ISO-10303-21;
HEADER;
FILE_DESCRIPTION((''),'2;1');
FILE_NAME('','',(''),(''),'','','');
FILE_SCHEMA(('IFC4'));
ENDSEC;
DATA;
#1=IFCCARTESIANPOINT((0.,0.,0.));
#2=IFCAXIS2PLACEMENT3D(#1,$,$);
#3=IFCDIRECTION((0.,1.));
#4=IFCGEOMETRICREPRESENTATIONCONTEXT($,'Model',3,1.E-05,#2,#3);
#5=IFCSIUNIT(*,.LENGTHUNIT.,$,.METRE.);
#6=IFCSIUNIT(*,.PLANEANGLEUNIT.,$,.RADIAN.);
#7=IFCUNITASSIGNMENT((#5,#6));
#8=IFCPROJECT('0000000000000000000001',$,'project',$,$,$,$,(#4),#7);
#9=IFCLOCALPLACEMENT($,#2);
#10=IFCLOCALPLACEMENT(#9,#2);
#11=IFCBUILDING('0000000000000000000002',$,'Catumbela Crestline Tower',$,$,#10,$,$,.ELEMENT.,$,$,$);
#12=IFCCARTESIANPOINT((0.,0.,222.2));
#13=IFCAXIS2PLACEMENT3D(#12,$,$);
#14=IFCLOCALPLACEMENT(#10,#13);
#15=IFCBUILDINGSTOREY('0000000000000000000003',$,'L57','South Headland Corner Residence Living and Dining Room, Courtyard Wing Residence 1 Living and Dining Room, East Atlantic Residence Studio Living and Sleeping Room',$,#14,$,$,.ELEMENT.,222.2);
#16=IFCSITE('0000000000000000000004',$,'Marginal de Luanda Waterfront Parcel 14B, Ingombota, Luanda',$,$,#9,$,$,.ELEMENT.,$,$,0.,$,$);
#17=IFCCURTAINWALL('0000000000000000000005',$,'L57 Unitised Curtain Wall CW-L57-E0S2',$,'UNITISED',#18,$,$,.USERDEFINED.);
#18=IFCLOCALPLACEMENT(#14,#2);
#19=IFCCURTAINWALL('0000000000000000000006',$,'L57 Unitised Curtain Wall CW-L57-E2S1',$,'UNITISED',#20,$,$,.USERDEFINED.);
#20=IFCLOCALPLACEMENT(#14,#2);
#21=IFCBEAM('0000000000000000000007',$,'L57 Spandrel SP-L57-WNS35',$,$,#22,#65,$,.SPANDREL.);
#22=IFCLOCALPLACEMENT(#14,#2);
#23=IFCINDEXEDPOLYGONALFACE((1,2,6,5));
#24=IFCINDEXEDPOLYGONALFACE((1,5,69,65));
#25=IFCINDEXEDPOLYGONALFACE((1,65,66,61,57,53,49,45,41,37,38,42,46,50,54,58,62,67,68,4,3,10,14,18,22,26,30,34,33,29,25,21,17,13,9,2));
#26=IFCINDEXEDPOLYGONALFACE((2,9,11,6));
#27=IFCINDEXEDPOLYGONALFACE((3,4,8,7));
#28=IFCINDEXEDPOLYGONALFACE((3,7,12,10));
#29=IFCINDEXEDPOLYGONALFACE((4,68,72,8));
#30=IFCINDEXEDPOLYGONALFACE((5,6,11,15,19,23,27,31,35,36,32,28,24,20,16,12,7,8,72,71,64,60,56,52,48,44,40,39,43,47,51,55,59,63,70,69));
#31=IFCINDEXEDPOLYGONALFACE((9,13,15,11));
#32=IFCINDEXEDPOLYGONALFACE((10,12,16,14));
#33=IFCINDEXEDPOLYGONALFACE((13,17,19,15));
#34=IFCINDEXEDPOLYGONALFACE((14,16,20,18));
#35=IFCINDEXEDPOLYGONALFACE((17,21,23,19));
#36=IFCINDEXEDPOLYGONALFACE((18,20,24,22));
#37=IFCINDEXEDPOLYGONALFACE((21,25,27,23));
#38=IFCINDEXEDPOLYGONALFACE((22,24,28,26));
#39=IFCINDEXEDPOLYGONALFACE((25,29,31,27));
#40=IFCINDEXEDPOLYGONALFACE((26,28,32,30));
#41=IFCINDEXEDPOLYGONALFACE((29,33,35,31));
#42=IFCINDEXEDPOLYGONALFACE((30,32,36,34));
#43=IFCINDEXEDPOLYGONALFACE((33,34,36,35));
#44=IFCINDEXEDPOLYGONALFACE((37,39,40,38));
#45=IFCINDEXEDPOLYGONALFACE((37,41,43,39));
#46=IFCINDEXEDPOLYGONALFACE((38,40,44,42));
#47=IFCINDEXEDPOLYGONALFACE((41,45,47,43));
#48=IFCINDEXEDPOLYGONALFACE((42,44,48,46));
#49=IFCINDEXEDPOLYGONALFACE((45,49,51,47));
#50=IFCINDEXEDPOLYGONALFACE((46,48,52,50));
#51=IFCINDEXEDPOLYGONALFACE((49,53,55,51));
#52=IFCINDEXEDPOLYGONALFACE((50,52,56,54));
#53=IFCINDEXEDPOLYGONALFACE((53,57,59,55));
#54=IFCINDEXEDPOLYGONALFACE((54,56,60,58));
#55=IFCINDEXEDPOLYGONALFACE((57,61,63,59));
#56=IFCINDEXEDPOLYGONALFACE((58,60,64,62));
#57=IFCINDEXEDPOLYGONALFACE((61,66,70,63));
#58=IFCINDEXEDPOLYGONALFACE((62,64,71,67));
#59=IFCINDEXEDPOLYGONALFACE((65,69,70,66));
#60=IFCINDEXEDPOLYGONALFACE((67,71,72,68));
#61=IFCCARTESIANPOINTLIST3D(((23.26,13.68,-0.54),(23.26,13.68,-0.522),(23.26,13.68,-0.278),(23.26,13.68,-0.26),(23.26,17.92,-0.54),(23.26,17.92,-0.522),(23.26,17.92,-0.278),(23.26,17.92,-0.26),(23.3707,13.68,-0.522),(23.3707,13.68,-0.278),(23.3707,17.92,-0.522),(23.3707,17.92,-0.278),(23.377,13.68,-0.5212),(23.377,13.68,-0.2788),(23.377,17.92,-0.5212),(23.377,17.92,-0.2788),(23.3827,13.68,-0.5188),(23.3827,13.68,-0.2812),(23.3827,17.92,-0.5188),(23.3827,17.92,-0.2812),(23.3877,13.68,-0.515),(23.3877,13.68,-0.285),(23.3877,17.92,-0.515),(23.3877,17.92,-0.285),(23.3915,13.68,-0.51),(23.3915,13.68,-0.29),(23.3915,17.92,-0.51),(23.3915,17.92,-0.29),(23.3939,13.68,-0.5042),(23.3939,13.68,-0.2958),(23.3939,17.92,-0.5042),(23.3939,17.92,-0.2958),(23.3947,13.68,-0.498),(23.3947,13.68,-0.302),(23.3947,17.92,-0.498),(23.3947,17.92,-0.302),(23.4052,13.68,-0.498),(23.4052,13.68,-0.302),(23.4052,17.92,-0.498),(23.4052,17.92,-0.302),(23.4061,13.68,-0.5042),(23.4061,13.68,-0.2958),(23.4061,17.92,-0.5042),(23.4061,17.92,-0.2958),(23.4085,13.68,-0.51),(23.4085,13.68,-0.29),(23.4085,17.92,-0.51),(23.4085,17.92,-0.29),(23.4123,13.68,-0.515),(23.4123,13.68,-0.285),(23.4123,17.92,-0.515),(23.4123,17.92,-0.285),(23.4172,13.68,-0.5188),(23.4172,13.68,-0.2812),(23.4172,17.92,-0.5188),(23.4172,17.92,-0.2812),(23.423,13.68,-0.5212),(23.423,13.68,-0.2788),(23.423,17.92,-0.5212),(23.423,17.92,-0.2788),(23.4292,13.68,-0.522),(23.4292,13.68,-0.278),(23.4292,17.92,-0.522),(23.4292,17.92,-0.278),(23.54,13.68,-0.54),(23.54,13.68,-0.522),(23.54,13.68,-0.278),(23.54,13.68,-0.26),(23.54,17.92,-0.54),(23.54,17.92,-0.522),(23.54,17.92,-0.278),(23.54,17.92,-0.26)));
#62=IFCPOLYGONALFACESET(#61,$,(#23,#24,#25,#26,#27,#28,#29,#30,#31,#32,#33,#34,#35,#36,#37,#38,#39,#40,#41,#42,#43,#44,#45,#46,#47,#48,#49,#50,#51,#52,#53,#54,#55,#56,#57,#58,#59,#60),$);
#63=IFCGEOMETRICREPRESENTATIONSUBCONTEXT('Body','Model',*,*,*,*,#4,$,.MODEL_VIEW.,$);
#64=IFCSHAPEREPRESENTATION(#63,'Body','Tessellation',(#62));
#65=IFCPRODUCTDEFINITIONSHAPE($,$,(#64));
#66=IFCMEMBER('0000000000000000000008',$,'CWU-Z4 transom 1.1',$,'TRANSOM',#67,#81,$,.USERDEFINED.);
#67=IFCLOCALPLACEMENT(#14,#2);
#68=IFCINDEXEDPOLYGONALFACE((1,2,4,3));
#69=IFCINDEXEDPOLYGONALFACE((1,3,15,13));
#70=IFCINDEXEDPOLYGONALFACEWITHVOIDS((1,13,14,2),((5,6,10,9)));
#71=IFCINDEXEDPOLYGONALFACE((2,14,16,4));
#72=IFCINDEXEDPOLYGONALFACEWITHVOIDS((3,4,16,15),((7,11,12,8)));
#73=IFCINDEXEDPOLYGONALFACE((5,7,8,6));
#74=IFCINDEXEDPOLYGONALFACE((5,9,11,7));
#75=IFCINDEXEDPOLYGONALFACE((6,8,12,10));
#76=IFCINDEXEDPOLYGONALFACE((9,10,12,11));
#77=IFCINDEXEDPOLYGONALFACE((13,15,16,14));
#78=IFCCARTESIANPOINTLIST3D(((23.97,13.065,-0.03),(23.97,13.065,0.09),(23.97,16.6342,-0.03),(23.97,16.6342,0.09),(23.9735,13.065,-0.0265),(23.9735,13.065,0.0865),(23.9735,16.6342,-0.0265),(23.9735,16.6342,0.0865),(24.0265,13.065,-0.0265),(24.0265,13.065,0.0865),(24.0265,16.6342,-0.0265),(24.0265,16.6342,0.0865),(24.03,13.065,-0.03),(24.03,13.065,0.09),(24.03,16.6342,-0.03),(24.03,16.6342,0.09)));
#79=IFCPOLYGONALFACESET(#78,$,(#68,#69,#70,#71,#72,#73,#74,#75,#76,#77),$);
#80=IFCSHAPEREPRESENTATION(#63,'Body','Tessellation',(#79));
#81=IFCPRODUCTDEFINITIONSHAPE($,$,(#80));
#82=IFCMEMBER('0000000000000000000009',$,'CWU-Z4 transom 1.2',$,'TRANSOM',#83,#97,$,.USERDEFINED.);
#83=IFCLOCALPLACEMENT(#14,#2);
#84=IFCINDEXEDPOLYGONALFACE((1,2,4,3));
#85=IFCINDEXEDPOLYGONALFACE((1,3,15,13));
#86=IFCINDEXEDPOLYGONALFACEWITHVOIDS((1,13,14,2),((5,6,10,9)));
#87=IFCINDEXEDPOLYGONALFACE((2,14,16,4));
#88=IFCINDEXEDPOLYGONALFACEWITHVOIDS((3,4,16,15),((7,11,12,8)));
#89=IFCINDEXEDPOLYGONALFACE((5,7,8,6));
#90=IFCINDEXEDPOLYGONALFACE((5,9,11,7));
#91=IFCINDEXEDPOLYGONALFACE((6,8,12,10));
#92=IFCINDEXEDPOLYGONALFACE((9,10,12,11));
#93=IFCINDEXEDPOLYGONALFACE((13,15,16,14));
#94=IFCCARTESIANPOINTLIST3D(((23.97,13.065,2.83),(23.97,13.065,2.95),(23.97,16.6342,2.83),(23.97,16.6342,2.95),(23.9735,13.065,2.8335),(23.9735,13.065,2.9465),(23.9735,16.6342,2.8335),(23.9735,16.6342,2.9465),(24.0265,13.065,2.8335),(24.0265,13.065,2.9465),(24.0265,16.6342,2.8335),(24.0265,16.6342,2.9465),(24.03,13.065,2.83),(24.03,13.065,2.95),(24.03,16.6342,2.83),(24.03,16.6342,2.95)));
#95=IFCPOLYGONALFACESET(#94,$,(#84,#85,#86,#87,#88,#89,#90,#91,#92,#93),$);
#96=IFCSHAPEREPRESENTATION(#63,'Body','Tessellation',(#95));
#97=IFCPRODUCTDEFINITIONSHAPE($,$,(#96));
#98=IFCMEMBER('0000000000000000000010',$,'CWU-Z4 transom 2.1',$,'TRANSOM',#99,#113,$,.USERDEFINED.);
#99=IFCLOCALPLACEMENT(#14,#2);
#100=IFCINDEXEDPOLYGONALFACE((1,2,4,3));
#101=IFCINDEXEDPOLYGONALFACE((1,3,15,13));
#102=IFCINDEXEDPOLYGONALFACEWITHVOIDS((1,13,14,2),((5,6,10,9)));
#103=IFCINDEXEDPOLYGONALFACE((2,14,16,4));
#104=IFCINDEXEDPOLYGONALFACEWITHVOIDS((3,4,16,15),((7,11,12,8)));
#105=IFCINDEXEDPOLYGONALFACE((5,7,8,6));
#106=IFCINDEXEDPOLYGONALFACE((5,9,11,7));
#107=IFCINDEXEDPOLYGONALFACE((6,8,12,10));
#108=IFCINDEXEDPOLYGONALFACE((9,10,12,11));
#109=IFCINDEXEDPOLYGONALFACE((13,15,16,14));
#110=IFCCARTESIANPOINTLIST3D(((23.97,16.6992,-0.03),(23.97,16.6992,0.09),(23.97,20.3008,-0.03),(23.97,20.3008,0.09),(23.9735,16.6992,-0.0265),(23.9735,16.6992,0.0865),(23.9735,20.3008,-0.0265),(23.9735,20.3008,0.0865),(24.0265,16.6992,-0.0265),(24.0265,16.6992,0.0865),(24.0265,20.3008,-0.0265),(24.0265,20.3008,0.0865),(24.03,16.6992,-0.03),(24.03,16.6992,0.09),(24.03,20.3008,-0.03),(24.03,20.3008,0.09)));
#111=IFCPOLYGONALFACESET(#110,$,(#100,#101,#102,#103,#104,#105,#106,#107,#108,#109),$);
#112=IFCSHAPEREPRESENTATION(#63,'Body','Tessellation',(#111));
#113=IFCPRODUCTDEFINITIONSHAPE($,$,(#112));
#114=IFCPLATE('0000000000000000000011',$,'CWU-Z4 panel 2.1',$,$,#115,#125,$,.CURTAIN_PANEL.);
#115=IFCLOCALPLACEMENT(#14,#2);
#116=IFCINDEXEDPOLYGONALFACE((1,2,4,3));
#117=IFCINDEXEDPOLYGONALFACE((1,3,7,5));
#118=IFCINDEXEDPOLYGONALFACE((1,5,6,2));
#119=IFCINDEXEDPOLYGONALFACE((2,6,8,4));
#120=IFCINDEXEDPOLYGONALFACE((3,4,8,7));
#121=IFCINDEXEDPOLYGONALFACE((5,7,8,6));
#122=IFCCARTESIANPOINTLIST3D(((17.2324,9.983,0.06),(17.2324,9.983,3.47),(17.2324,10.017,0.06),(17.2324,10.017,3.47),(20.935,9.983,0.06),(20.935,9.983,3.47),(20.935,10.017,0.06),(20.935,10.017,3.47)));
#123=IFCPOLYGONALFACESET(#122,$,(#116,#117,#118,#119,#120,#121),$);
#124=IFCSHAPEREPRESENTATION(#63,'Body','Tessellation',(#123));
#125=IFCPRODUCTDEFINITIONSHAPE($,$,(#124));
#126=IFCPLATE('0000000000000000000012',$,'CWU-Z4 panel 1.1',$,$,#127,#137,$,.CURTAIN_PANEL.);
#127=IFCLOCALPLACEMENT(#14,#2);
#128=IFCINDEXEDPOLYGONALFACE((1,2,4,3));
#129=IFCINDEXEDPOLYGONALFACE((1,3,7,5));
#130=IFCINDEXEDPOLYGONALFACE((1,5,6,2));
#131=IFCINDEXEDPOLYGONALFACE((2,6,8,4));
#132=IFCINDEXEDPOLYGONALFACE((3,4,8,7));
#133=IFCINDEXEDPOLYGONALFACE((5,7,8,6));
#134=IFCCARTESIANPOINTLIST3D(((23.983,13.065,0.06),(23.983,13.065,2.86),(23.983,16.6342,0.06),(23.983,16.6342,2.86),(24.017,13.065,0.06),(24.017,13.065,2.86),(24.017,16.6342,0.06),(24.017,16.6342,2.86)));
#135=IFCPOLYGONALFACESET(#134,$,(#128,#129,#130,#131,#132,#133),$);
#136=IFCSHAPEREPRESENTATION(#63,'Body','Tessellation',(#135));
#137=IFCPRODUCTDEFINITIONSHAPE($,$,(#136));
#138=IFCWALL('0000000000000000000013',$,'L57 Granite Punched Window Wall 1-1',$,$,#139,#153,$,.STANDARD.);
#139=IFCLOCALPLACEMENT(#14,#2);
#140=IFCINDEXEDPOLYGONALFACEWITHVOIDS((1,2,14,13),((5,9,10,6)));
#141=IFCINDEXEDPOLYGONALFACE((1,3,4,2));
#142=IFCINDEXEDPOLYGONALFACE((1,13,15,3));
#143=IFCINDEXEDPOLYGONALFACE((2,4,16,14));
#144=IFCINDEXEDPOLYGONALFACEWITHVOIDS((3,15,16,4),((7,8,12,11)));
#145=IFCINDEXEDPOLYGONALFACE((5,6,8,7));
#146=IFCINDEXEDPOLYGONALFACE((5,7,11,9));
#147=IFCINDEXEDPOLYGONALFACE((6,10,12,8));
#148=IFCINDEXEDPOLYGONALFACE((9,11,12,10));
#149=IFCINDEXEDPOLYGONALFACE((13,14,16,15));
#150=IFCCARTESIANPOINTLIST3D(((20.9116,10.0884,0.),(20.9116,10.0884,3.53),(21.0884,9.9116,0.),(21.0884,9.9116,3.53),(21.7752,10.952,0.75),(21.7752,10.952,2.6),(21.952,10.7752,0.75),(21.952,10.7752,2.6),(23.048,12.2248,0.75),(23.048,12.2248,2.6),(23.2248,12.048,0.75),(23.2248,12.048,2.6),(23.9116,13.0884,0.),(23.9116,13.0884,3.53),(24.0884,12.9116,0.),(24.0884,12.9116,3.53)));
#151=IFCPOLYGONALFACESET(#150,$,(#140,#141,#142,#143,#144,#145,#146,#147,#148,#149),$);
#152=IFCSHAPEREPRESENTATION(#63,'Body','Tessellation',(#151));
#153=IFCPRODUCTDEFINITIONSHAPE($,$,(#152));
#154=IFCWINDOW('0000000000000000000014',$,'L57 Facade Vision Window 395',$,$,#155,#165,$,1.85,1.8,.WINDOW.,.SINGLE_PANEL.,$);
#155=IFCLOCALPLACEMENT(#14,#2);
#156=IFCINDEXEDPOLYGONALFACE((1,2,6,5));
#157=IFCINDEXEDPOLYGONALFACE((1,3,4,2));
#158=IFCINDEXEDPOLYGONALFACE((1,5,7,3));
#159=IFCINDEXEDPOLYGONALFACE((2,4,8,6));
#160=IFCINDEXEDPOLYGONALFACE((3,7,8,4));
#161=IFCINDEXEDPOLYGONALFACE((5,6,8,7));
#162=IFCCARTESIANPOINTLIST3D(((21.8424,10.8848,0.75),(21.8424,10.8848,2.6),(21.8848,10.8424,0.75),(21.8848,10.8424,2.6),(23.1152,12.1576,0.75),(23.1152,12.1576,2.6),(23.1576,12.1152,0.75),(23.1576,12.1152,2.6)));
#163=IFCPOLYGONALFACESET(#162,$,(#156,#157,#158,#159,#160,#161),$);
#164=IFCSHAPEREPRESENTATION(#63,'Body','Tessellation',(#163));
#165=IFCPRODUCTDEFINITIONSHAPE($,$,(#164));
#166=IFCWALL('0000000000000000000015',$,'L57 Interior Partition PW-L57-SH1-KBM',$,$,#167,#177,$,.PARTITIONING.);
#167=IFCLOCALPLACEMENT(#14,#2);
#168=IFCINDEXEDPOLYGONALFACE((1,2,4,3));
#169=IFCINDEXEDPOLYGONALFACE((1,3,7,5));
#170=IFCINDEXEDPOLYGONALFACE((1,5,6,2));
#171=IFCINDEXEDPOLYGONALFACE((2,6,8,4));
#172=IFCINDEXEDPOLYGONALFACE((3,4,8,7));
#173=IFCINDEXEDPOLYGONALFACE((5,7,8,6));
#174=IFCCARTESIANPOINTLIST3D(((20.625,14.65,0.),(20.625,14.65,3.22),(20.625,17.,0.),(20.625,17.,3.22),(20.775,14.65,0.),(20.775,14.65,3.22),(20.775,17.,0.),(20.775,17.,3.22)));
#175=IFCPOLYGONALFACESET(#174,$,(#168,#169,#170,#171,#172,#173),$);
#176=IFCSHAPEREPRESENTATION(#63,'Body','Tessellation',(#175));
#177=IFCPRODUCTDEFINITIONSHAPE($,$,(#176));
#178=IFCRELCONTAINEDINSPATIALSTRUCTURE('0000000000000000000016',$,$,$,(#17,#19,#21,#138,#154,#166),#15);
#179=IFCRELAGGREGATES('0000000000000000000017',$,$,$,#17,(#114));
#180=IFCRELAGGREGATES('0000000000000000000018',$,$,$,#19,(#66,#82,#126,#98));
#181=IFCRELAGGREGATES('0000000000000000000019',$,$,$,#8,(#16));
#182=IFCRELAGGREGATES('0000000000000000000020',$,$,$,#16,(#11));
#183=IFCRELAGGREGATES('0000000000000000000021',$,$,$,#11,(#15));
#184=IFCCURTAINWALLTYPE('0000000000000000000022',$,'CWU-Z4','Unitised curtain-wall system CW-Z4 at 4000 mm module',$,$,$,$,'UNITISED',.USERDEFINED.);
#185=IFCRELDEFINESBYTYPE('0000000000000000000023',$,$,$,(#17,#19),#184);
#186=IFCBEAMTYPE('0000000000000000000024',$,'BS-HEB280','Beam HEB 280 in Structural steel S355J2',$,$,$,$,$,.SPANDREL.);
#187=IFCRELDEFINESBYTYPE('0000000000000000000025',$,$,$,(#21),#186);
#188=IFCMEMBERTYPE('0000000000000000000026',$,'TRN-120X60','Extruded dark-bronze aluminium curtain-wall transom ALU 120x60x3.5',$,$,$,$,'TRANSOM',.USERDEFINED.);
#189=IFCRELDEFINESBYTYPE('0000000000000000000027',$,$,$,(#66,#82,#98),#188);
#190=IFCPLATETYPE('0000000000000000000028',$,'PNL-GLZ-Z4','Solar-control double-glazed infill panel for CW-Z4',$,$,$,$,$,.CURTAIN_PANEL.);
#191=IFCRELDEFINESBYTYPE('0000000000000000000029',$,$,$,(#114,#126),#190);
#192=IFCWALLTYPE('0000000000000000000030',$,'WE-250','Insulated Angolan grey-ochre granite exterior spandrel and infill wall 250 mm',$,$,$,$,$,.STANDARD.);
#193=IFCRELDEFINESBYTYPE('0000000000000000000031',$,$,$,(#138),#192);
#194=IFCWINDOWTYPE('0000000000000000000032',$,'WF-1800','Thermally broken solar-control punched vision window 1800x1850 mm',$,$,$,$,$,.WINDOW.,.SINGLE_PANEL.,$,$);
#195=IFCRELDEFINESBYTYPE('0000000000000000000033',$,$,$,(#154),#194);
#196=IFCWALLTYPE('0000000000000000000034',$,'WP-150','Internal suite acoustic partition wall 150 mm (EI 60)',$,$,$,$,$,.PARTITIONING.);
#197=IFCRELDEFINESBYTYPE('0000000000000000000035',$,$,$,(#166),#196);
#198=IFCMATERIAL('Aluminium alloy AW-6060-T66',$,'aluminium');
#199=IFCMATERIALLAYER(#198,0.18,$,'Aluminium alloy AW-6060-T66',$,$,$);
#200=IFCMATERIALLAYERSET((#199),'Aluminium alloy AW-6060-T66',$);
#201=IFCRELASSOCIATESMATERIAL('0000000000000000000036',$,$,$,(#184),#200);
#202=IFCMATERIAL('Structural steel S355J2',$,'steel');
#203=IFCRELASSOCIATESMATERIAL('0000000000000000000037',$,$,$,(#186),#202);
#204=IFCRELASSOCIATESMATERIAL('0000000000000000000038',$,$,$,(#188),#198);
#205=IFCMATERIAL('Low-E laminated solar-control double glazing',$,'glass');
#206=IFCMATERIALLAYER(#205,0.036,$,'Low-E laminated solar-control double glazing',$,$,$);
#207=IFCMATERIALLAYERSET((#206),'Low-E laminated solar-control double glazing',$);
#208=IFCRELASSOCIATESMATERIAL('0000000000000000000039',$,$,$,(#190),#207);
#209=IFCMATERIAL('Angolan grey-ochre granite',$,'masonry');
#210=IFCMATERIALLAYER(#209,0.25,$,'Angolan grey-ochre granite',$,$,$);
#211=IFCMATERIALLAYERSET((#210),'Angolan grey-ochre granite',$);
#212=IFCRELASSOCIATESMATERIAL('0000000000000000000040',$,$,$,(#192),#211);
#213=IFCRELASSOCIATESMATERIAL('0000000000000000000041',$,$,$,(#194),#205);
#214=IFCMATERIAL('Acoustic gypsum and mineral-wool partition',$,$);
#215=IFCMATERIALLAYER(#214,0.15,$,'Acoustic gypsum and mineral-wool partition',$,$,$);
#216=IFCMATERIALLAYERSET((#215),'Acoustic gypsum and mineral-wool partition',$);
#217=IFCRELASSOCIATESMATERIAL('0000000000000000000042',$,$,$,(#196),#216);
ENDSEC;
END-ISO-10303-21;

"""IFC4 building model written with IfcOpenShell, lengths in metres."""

from ifc_helpers import new_model, si_unit, direction, frame, frame_2d, origin, origin_2d, place, context, subcontext, project, spatial, rectangle, hollow_rectangle, i_section, extrude, material, layer, layer_set, material_profile, profile_set, type_object, element, fill, aggregate, save


model = new_model("IFC4")

# Units and contexts
model_context = context("Model", 3, precision=1e-05, world=origin(), true_north=direction((0.0, 1.0)))
body_context = subcontext(model_context, "Body", "Model", "MODEL_VIEW")
ifc_project = project(units=[si_unit("LENGTHUNIT", "METRE"), si_unit("PLANEANGLEUNIT", "RADIAN")], contexts=[model_context])

# Site, building, storey
site_placement = place(None, origin())
site = spatial("IfcSite", under=ifc_project, at=site_placement, Name="Marginal de Luanda Waterfront Parcel 14B, Ingombota, Luanda", CompositionType="ELEMENT", RefElevation=0.0)
building_placement = place(site_placement, origin())
building = spatial("IfcBuilding", under=site, at=building_placement, Name="Catumbela Crestline Tower", CompositionType="ELEMENT")
storey_placement = place(building_placement, frame((0.0, 0.0, 222.2)))
storey = spatial("IfcBuildingStorey", under=building, at=storey_placement, Name="L57", Description="South Headland Corner Residence Living and Dining Room, Courtyard Wing Residence 1 Living and Dining Room, East Atlantic Residence Studio Living and Sleeping Room", CompositionType="ELEMENT", Elevation=222.2)

# Shared definitions
ifc_material_1 = material(Name="Structural steel S355J2", Category="steel")

# Curtain wall
ifc_material_2 = material(Name="Aluminium alloy AW-6060-T66", Category="aluminium")
ifc_layer_1 = layer(ifc_material_2, 0.18, Name="Aluminium alloy AW-6060-T66")
ifc_layer_set_1 = layer_set([ifc_layer_1], Name="Aluminium alloy AW-6060-T66")
curtain_wall_type = type_object("IfcCurtainWallType", Name="CWU-Z4", Description="Unitised curtain-wall system CW-Z4 at 4000 mm module", ElementType="UNITISED", PredefinedType="USERDEFINED", material=ifc_layer_set_1)
curtain_wall_1_placement = place(storey_placement, origin())
curtain_wall_1 = element("IfcCurtainWall", 1, at=curtain_wall_1_placement, inside=storey, type_object=curtain_wall_type, Name="L57 Unitised Curtain Wall CW-L57-E0S2", ObjectType="UNITISED", PredefinedType="USERDEFINED")

# Curtain wall
curtain_wall_2_placement = place(storey_placement, origin())
curtain_wall_2 = element("IfcCurtainWall", 2, at=curtain_wall_2_placement, inside=storey, type_object=curtain_wall_type, Name="L57 Unitised Curtain Wall CW-L57-E2S1", ObjectType="UNITISED", PredefinedType="USERDEFINED")

# Beam
ifc_material_profile_1 = material_profile(ifc_material_1, i_section(OverallWidth=0.28, OverallDepth=0.28, WebThickness=0.0105, FlangeThickness=0.018, FilletRadius=0.024, at=origin_2d()), Name="HEB 280")
ifc_profile_set_1 = profile_set([ifc_material_profile_1], Name="Structural steel S355J2")
beam_type_1 = type_object("IfcBeamType", Name="BS-HEB280", Description="Beam HEB 280 in Structural steel S355J2", PredefinedType="SPANDREL", material=ifc_profile_set_1)
beam_placement = place(storey_placement, frame((23.4, 13.68, -0.4), z_axis=(0.0, 1.0, 0.0), x_axis=(-1.0, 0.0, 0.0)))
element("IfcBeam", 3, at=beam_placement, inside=storey, type_object=beam_type_1, Name="L57 Spandrel SP-L57-WNS35", PredefinedType="SPANDREL", context=body_context, shape_type="SweptSolid", body=[
    extrude(i_section(OverallWidth=0.28, OverallDepth=0.28, WebThickness=0.0105, FlangeThickness=0.018, FilletRadius=0.024, at=origin_2d()), origin(), (0.0, 0.0, 1.0), 4.24),
])

# Members
ifc_material_profile_2 = material_profile(ifc_material_2, hollow_rectangle(XDim=0.06, YDim=0.12, WallThickness=0.0035, at=origin_2d()), Name="ALU 120x60x3.5")
ifc_profile_set_2 = profile_set([ifc_material_profile_2], Name="Aluminium alloy AW-6060-T66")
member_type_1 = type_object("IfcMemberType", Name="TRN-120X60", Description="Extruded dark-bronze aluminium curtain-wall transom ALU 120x60x3.5", ElementType="TRANSOM", PredefinedType="USERDEFINED", material=ifc_profile_set_2)
member_1_placement = place(storey_placement, frame((24.0, 13.065, 0.03), z_axis=(0.0, 1.0, 0.0), x_axis=(-1.0, 0.0, 0.0)))
member_1 = element("IfcMember", 4, at=member_1_placement, type_object=member_type_1, Name="CWU-Z4 transom 1.1", ObjectType="TRANSOM", PredefinedType="USERDEFINED", context=body_context, shape_type="SweptSolid", body=[
    extrude(hollow_rectangle(XDim=0.06, YDim=0.12, WallThickness=0.0035, at=origin_2d()), origin(), (0.0, 0.0, 1.0), 3.5692),
])
member_2_placement = place(storey_placement, frame((24.0, 13.065, 2.89), z_axis=(0.0, 1.0, 0.0), x_axis=(-1.0, 0.0, 0.0)))
member_2 = element("IfcMember", 5, at=member_2_placement, type_object=member_type_1, Name="CWU-Z4 transom 1.2", ObjectType="TRANSOM", PredefinedType="USERDEFINED", context=body_context, shape_type="SweptSolid", body=[
    extrude(hollow_rectangle(XDim=0.06, YDim=0.12, WallThickness=0.0035, at=origin_2d()), origin(), (0.0, 0.0, 1.0), 3.5692),
])
member_3_placement = place(storey_placement, frame((24.0, 16.6992, 0.03), z_axis=(0.0, 1.0, 0.0), x_axis=(-1.0, 0.0, 0.0)))
member_3 = element("IfcMember", 6, at=member_3_placement, type_object=member_type_1, Name="CWU-Z4 transom 2.1", ObjectType="TRANSOM", PredefinedType="USERDEFINED", context=body_context, shape_type="SweptSolid", body=[
    extrude(hollow_rectangle(XDim=0.06, YDim=0.12, WallThickness=0.0035, at=origin_2d()), origin(), (0.0, 0.0, 1.0), 3.6016),
])

# Plates
ifc_material_3 = material(Name="Low-E laminated solar-control double glazing", Category="glass")
ifc_layer_2 = layer(ifc_material_3, 0.036, Name="Low-E laminated solar-control double glazing")
ifc_layer_set_2 = layer_set([ifc_layer_2], Name="Low-E laminated solar-control double glazing")
plate_type = type_object("IfcPlateType", Name="PNL-GLZ-Z4", Description="Solar-control double-glazed infill panel for CW-Z4", PredefinedType="CURTAIN_PANEL", material=ifc_layer_set_2)
plate_1_placement = place(storey_placement, frame((19.0837, 10.0, 0.06), z_axis=(0.0, 0.0, 1.0), x_axis=(1.0, 0.0, 0.0)))
plate_1 = element("IfcPlate", 7, at=plate_1_placement, type_object=plate_type, Name="CWU-Z4 panel 2.1", PredefinedType="CURTAIN_PANEL", context=body_context, shape_type="SweptSolid", body=[
    extrude(rectangle(XDim=3.7025, YDim=0.034, at=origin_2d()), origin(), (0.0, 0.0, 1.0), 3.41),
])
aggregate(curtain_wall_1, [plate_1])
plate_2_placement = place(storey_placement, frame((24.0, 14.8496, 0.06), z_axis=(0.0, 0.0, 1.0), x_axis=(0.0, 1.0, 0.0)))
plate_2 = element("IfcPlate", 8, at=plate_2_placement, type_object=plate_type, Name="CWU-Z4 panel 1.1", PredefinedType="CURTAIN_PANEL", context=body_context, shape_type="SweptSolid", body=[
    extrude(rectangle(XDim=3.5692, YDim=0.034, at=origin_2d()), origin(), (0.0, 0.0, 1.0), 2.8),
])
aggregate(curtain_wall_2, [member_1, member_2, plate_2, member_3])

# Wall, opening, window
ifc_material_4 = material(Name="Angolan grey-ochre granite", Category="masonry")
ifc_layer_3 = layer(ifc_material_4, 0.25, Name="Angolan grey-ochre granite")
ifc_layer_set_3 = layer_set([ifc_layer_3], Name="Angolan grey-ochre granite")
wall_type_1 = type_object("IfcWallType", Name="WE-250", Description="Insulated Angolan grey-ochre granite exterior spandrel and infill wall 250 mm", PredefinedType="STANDARD", material=ifc_layer_set_3)
wall_1_placement = place(storey_placement, frame((21.0, 10.0, 0.0), z_axis=(0.0, 0.0, 1.0), x_axis=(0.707107, 0.707107, 0.0)))
wall_1 = element("IfcWall", 9, at=wall_1_placement, inside=storey, type_object=wall_type_1, Name="L57 Granite Punched Window Wall 1-1", PredefinedType="STANDARD", context=body_context, shape_type="SweptSolid", body=[
    extrude(rectangle(XDim=4.2426, YDim=0.25, at=frame_2d((2.1213, 0.0))), origin(), (0.0, 0.0, 1.0), 3.53),
])
opening_1_placement = place(wall_1_placement, frame((1.2213, 0.0, 0.75)))
opening_1 = element("IfcOpeningElement", 10, at=opening_1_placement, cuts=wall_1, PredefinedType="OPENING", context=body_context, shape_type="SweptSolid", body=[
    extrude(rectangle(XDim=1.8, YDim=1.85, at=frame_2d((0.9, 0.925))), frame((0.0, 0.135, 0.0), z_axis=(0.0, -1.0, 0.0), x_axis=(1.0, 0.0, 0.0)), (0.0, 0.0, 1.0), 0.27),
])
window_type = type_object("IfcWindowType", Name="WF-1800", Description="Thermally broken solar-control punched vision window 1800x1850 mm", PartitioningType="SINGLE_PANEL", PredefinedType="WINDOW", material=ifc_material_3)
window_placement = place(opening_1_placement, origin())
window = element("IfcWindow", 11, at=window_placement, inside=storey, type_object=window_type, Name="L57 Facade Vision Window 395", OverallHeight=1.85, OverallWidth=1.8, PartitioningType="SINGLE_PANEL", PredefinedType="WINDOW", context=body_context, shape_type="SweptSolid", body=[
    extrude(rectangle(XDim=1.8, YDim=1.85, at=frame_2d((0.9, 0.925))), frame((0.0, 0.03, 0.0), z_axis=(0.0, -1.0, 0.0), x_axis=(1.0, 0.0, 0.0)), (0.0, 0.0, 1.0), 0.06),
])
fill(opening_1, window)

# Wall
ifc_material_5 = material(Name="Acoustic gypsum and mineral-wool partition")
ifc_layer_4 = layer(ifc_material_5, 0.15, Name="Acoustic gypsum and mineral-wool partition")
ifc_layer_set_4 = layer_set([ifc_layer_4], Name="Acoustic gypsum and mineral-wool partition")
wall_type_2 = type_object("IfcWallType", Name="WP-150", Description="Internal suite acoustic partition wall 150 mm (EI 60)", PredefinedType="PARTITIONING", material=ifc_layer_set_4)
wall_2_placement = place(storey_placement, frame((20.7, 14.65, 0.0), z_axis=(0.0, 0.0, 1.0), x_axis=(0.0, 1.0, 0.0)))
element("IfcWall", 12, at=wall_2_placement, inside=storey, type_object=wall_type_2, Name="L57 Interior Partition PW-L57-SH1-KBM", PredefinedType="PARTITIONING", context=body_context, shape_type="SweptSolid", body=[
    extrude(rectangle(XDim=2.35, YDim=0.15, at=frame_2d((1.175, 0.0))), origin(), (0.0, 0.0, 1.0), 3.22),
])

save(model, "model.ifc")
